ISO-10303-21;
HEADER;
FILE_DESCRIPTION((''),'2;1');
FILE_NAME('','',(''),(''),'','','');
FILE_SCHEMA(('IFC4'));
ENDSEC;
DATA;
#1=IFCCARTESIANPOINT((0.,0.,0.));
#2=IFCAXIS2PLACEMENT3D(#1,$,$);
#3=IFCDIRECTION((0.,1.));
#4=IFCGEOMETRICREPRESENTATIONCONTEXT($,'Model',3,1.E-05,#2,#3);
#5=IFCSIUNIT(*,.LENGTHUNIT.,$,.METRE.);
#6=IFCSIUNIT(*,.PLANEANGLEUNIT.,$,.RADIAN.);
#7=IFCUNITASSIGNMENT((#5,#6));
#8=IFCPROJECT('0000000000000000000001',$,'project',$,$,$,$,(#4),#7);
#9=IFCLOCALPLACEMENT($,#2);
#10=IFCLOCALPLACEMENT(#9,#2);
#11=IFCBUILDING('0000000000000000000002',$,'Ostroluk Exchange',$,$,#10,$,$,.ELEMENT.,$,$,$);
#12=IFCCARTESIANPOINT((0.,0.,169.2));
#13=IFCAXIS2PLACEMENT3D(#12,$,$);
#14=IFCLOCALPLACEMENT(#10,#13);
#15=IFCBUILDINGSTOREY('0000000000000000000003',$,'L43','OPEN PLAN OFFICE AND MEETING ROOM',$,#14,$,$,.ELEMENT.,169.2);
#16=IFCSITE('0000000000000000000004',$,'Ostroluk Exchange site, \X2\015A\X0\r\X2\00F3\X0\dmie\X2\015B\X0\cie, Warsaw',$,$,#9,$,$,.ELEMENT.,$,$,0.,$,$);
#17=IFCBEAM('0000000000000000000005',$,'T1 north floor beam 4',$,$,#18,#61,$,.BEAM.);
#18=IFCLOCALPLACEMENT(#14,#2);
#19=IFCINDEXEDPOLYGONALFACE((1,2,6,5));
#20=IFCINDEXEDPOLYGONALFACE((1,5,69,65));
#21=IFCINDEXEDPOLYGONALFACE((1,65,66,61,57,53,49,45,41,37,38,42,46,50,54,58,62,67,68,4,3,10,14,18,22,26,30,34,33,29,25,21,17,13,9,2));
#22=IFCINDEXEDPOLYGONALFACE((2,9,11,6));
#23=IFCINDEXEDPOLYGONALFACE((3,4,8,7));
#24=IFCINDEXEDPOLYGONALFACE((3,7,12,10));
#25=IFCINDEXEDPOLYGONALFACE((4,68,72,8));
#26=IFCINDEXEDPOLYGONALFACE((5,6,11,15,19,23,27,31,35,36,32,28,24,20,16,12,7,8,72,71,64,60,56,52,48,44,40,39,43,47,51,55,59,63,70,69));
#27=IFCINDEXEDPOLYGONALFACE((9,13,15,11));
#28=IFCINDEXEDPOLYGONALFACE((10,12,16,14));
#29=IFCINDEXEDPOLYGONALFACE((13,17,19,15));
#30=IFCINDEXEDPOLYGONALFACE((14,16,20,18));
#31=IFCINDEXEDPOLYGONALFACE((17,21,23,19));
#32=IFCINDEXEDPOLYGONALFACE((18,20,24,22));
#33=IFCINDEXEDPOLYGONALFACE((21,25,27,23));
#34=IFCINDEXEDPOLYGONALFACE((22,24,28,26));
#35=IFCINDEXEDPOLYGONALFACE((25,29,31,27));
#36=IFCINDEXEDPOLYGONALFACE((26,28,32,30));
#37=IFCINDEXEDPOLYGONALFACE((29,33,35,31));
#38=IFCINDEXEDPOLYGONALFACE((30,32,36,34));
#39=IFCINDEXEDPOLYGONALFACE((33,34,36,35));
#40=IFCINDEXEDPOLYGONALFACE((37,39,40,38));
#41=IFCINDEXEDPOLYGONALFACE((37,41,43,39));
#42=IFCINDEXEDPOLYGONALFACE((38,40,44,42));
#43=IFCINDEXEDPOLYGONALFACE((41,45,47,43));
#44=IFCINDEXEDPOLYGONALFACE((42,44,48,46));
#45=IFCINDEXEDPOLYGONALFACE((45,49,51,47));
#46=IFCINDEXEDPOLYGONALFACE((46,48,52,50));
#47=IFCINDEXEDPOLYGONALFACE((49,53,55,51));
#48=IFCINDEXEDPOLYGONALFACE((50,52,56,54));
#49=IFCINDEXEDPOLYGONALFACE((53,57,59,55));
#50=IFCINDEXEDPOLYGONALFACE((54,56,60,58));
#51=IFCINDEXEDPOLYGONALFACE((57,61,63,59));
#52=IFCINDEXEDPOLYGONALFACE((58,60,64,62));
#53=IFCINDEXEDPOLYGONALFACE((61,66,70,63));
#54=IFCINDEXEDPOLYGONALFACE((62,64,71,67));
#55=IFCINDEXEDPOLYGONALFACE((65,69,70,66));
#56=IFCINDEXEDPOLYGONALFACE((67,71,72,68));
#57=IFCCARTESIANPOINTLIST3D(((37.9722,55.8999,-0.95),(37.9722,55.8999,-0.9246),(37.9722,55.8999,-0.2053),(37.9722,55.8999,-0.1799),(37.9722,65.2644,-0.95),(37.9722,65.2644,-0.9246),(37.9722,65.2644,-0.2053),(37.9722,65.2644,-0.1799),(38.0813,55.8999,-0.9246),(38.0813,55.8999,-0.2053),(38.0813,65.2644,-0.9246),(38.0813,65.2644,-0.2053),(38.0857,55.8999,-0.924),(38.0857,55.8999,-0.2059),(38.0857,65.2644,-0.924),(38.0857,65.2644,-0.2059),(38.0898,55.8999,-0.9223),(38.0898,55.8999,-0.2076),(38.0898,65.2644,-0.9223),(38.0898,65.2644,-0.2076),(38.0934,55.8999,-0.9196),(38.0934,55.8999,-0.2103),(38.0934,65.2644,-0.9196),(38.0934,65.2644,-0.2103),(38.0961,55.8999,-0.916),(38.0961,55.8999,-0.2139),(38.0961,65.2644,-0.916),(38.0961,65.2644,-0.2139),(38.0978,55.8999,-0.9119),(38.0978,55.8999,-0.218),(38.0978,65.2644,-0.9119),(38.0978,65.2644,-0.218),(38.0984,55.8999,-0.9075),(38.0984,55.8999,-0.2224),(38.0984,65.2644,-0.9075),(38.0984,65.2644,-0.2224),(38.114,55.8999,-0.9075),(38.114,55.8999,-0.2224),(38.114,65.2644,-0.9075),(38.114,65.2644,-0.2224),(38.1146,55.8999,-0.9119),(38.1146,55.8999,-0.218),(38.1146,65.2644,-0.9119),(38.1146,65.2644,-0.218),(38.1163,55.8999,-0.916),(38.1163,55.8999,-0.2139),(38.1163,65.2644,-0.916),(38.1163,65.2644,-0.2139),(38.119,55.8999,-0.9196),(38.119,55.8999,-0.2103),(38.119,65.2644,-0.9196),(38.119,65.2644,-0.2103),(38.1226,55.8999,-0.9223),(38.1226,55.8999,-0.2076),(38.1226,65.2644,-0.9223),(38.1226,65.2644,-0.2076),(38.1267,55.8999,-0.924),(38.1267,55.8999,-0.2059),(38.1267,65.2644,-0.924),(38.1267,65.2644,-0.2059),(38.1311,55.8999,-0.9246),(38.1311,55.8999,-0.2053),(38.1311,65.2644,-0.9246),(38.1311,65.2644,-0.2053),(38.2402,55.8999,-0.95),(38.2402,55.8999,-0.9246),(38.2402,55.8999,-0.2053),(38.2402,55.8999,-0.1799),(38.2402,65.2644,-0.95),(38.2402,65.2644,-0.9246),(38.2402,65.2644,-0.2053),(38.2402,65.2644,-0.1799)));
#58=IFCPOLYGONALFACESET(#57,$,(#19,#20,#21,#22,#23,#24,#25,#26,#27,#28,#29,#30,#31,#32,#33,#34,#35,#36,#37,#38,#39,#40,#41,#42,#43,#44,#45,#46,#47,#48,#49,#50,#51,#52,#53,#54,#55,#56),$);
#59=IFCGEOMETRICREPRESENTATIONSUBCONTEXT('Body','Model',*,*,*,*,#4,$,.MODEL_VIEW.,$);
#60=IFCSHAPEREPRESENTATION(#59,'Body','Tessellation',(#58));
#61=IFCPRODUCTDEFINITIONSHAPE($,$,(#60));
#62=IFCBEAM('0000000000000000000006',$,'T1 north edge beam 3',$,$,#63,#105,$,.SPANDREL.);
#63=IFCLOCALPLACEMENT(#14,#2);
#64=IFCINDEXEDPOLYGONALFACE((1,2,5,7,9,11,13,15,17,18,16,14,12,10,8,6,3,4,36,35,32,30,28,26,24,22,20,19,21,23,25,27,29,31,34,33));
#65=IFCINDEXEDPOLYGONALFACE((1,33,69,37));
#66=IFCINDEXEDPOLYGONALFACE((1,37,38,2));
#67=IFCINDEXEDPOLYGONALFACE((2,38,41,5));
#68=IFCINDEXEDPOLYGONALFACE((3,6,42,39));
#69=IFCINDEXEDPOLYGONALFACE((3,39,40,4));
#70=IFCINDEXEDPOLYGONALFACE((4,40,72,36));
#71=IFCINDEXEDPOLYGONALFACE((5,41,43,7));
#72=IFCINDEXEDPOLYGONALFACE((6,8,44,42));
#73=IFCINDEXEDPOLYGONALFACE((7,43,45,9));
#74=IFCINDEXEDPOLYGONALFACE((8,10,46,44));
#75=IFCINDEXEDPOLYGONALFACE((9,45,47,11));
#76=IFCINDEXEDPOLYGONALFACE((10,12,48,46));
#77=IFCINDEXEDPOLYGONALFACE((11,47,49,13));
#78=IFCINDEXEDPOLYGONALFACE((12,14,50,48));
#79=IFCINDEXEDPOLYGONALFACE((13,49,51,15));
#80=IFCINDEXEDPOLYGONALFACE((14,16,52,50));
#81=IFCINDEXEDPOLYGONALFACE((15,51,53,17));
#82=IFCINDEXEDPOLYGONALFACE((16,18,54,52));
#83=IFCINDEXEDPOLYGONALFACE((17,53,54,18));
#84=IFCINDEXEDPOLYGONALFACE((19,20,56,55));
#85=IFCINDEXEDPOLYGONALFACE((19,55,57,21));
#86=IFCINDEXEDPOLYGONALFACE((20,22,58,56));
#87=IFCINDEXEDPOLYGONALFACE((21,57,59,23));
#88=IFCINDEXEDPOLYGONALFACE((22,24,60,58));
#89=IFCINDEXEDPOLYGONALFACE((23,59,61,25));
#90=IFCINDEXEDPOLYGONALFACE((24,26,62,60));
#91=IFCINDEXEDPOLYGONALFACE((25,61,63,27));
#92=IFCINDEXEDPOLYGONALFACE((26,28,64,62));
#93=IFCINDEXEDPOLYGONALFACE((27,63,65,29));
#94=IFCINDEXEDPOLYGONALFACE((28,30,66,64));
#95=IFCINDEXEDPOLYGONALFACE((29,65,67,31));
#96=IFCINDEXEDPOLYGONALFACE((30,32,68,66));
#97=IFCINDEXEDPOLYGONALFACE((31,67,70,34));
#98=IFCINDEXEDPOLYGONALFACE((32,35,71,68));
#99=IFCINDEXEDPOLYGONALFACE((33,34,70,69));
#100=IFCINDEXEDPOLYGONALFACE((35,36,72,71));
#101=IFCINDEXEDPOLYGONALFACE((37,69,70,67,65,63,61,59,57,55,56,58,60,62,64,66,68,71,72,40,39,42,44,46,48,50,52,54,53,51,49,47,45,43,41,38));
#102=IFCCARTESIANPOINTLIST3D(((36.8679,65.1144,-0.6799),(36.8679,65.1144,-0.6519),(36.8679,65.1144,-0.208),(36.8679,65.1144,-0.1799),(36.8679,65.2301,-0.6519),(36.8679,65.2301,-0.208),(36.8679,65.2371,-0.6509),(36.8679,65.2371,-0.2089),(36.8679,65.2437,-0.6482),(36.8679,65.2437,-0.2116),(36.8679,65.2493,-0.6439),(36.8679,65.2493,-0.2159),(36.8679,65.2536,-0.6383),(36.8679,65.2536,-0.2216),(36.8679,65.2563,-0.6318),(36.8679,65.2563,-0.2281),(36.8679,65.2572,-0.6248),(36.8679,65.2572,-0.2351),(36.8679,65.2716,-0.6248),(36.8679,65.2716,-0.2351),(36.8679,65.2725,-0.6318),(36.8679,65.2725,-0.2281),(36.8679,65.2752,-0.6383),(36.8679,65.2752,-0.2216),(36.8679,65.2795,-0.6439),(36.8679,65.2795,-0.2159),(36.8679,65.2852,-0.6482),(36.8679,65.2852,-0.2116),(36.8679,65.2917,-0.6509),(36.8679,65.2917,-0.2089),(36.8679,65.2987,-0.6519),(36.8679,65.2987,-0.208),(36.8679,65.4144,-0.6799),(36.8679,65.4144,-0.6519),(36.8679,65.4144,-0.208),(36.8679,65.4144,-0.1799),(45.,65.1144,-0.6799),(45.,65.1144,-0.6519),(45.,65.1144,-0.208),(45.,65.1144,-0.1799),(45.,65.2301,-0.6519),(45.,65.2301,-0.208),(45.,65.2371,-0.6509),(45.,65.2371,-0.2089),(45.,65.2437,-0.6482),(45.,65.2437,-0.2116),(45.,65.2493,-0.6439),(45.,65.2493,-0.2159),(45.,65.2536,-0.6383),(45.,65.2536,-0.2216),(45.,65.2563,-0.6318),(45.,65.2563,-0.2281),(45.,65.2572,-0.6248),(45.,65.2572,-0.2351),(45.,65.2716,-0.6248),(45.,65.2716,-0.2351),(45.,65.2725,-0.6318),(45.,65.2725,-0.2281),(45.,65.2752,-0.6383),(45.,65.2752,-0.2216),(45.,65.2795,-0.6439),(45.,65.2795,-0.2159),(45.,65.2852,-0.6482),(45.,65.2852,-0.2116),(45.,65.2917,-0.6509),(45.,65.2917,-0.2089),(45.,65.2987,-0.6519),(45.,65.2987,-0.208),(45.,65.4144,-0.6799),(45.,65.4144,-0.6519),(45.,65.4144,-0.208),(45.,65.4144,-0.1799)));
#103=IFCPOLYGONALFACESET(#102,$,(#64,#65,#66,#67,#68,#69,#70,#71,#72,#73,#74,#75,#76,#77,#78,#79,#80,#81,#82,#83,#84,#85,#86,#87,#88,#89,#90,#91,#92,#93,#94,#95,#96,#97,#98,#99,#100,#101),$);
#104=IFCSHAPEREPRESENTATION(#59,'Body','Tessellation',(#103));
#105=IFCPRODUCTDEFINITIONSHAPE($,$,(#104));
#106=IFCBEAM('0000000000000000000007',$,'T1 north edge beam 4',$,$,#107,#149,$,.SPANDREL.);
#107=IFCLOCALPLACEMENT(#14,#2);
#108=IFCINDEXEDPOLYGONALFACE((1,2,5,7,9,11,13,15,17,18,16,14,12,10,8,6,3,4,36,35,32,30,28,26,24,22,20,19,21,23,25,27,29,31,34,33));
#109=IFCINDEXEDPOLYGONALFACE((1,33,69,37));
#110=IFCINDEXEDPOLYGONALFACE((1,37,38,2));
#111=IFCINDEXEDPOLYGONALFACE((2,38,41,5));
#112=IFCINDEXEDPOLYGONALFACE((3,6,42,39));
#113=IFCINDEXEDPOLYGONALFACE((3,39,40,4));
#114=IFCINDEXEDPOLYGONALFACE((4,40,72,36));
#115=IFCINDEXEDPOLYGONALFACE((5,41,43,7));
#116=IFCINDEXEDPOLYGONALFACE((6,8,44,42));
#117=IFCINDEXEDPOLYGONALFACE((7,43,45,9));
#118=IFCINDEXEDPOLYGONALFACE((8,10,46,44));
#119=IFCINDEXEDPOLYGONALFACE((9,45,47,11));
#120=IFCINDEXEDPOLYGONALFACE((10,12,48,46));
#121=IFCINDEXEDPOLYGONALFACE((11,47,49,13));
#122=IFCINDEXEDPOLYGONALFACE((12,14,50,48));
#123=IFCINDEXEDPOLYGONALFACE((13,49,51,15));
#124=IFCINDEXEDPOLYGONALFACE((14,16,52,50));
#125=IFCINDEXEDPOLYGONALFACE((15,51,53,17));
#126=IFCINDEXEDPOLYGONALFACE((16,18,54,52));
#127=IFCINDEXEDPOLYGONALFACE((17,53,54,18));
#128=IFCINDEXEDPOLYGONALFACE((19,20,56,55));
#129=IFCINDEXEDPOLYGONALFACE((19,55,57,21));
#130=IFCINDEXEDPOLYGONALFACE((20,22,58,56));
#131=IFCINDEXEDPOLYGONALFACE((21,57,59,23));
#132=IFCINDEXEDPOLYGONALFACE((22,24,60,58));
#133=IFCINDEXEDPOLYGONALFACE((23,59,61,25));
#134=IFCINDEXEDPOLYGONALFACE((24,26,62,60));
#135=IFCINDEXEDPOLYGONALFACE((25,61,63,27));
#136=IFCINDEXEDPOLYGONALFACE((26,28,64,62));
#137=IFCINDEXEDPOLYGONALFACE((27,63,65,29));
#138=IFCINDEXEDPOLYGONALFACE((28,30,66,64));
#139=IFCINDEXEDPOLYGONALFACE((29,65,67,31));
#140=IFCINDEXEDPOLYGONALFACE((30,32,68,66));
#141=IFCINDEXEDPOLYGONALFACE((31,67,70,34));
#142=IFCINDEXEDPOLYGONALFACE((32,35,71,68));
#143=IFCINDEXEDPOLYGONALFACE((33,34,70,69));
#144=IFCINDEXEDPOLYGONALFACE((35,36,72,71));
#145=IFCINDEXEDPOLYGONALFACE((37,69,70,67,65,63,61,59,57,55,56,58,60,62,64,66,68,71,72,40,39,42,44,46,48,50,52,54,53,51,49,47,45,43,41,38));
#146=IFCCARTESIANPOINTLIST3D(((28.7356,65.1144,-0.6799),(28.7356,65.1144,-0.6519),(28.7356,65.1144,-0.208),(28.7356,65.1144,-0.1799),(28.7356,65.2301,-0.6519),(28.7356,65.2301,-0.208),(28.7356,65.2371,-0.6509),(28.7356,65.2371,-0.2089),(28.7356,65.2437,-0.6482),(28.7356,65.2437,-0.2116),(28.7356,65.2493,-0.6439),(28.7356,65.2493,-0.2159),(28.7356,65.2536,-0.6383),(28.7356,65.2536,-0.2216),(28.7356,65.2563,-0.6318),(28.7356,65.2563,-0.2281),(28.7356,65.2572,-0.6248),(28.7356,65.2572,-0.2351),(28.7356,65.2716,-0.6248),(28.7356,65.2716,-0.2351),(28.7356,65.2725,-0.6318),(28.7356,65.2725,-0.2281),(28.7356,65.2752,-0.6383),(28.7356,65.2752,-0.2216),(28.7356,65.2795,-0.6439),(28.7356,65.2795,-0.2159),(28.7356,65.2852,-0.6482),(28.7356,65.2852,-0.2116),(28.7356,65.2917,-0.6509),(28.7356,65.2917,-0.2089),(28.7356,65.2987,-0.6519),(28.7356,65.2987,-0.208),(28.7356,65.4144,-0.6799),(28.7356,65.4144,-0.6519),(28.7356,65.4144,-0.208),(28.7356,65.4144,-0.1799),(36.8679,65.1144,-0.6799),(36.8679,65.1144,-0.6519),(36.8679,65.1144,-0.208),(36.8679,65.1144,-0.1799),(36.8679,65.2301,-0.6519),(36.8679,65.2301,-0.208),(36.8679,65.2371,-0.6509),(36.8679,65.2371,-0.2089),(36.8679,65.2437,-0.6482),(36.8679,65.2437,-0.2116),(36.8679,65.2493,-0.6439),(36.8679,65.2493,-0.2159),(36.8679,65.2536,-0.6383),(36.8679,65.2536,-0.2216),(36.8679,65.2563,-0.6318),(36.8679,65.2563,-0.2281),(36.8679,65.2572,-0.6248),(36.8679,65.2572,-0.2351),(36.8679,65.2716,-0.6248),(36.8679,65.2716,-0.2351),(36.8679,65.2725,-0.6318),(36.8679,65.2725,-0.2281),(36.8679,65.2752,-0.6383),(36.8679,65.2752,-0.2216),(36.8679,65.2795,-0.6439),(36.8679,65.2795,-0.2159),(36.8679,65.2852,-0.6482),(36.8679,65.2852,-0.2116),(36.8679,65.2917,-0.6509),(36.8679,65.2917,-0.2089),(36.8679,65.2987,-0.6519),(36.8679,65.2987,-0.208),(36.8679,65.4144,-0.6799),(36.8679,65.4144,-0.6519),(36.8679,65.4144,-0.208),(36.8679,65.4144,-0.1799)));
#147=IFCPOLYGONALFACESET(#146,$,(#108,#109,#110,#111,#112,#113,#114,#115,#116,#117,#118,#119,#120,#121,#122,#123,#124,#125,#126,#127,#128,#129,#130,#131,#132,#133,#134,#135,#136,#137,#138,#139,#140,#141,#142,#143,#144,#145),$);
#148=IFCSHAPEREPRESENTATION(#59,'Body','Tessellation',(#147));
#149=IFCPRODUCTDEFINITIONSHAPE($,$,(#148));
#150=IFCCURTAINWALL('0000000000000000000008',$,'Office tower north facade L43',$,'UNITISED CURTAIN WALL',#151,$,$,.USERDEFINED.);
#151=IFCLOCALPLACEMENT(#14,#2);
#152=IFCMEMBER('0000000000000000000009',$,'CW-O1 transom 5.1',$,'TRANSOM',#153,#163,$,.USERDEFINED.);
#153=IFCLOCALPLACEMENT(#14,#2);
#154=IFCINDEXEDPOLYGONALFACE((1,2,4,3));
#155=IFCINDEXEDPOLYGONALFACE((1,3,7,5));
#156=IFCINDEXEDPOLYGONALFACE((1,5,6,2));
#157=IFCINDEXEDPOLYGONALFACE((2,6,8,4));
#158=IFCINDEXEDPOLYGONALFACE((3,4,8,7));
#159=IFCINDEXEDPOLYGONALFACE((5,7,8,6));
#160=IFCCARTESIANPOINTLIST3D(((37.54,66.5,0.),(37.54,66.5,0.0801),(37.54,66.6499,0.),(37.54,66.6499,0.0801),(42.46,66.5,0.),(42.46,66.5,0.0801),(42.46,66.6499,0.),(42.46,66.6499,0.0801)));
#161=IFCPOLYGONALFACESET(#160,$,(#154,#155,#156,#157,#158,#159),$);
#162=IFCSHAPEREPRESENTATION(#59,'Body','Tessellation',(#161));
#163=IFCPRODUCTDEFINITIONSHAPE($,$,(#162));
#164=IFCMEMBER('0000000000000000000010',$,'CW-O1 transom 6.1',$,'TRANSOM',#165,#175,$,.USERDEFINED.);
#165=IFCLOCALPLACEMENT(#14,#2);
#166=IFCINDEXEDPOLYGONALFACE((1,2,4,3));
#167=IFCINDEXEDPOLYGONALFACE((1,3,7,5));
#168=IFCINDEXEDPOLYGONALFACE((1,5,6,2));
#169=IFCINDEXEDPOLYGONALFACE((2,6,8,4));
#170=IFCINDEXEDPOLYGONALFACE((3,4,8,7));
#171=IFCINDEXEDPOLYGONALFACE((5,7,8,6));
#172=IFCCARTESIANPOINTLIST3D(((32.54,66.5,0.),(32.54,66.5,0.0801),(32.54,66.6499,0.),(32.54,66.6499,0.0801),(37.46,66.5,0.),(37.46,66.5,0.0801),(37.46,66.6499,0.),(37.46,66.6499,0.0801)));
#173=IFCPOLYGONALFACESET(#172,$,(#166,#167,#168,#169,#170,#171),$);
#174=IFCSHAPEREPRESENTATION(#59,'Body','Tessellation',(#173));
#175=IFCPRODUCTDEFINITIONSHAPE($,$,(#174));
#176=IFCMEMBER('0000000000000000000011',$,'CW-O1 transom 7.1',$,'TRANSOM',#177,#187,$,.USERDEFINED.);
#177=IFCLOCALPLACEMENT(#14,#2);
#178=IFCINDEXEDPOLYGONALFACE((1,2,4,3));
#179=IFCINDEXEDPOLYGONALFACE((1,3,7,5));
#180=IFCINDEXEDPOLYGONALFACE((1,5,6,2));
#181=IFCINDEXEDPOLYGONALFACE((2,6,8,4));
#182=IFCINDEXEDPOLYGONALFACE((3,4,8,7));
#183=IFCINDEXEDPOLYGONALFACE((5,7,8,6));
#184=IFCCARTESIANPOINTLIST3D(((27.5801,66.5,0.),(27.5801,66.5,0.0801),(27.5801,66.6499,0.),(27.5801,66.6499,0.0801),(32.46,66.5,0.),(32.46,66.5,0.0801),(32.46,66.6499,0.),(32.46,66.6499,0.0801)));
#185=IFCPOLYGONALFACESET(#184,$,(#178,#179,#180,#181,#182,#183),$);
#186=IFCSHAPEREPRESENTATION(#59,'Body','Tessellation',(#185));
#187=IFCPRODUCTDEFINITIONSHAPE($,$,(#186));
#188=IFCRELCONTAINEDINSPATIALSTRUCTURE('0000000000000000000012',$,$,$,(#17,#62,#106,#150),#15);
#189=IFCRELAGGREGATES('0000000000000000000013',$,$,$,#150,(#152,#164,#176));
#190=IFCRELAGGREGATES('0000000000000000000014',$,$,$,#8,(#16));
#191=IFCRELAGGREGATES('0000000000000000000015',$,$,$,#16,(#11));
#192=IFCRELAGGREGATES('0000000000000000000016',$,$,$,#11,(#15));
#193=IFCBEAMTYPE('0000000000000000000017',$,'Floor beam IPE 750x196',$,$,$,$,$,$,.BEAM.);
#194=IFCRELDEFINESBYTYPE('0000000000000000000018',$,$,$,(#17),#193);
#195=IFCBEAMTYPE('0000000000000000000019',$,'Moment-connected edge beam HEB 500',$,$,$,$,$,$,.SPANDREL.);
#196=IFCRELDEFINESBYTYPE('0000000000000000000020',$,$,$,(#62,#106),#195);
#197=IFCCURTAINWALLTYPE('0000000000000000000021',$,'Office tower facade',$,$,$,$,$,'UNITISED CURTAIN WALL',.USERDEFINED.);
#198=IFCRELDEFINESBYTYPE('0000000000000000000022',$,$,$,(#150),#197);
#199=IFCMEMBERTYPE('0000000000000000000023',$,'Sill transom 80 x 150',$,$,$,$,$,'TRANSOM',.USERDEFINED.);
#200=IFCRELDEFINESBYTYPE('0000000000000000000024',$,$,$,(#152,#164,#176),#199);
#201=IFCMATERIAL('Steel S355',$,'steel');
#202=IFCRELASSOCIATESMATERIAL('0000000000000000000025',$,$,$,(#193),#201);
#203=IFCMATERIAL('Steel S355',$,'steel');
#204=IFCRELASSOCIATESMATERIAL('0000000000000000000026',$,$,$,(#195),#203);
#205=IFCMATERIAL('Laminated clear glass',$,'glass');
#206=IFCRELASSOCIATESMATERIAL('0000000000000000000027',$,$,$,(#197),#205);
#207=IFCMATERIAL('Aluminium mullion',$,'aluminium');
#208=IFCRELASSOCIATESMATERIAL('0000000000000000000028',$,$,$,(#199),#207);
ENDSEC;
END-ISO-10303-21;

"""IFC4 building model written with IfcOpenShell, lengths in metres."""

from ifc_helpers import new_model, si_unit, direction, frame, origin, origin_2d, place, context, subcontext, project, spatial, rectangle, i_section, extrude, material, material_profile, profile_set, type_object, element, aggregate, save


model = new_model("IFC4")

# Units and contexts
model_context = context("Model", 3, precision=1e-05, world=origin(), true_north=direction((0.0, 1.0)))
body_context = subcontext(model_context, "Body", "Model", "MODEL_VIEW")
ifc_project = project(units=[si_unit("LENGTHUNIT", "METRE"), si_unit("PLANEANGLEUNIT", "RADIAN")], contexts=[model_context])

# Site, building, storey
site_placement = place(None, origin())
site = spatial("IfcSite", under=ifc_project, at=site_placement, Name="Ostroluk Exchange site, Śródmieście, Warsaw", CompositionType="ELEMENT", RefElevation=0.0)
building_placement = place(site_placement, origin())
building = spatial("IfcBuilding", under=site, at=building_placement, Name="Ostroluk Exchange", CompositionType="ELEMENT")
storey_placement = place(building_placement, frame((0.0, 0.0, 169.2)))
storey = spatial("IfcBuildingStorey", under=building, at=storey_placement, Name="L43", Description="OPEN PLAN OFFICE AND MEETING ROOM", CompositionType="ELEMENT", Elevation=169.2)

# Beams
ifc_material_1 = material(Name="Steel S355", Category="steel")
ifc_material_profile_1 = material_profile(ifc_material_1, i_section(OverallWidth=0.2681, OverallDepth=0.77, WebThickness=0.0156, FlangeThickness=0.0254, FilletRadius=0.0171, at=origin_2d()), Name="IPE 750x196")
ifc_profile_set_1 = profile_set([ifc_material_profile_1], Name="Steel S355")
beam_type_1 = type_object("IfcBeamType", Name="Floor beam IPE 750x196", PredefinedType="BEAM", material=ifc_profile_set_1)
for number, where, z_axis, x_axis, name in (
    (1, (38.1062, 55.8999, -0.5649), (0.0, 1.0, 0.0), (-1.0, 0.0, 0.0), "T1 north floor beam 4"),
):
    element("IfcBeam", number, at=place(storey_placement, frame(where, z_axis=z_axis, x_axis=x_axis)), inside=storey, type_object=beam_type_1, Name=name, PredefinedType="BEAM", context=body_context, shape_type="SweptSolid", body=[
        extrude(i_section(OverallWidth=0.2681, OverallDepth=0.77, WebThickness=0.0156, FlangeThickness=0.0254, FilletRadius=0.0171, at=origin_2d()), origin(), (0.0, 0.0, 1.0), 9.3645),
    ])
ifc_material_2 = material(Name="Steel S355", Category="steel")
ifc_material_profile_2 = material_profile(ifc_material_2, i_section(OverallWidth=0.3, OverallDepth=0.5, WebThickness=0.0144, FlangeThickness=0.0281, FilletRadius=0.0271, at=origin_2d()), Name="HEB 500")
ifc_profile_set_2 = profile_set([ifc_material_profile_2], Name="Steel S355")
beam_type_2 = type_object("IfcBeamType", Name="Moment-connected edge beam HEB 500", PredefinedType="SPANDREL", material=ifc_profile_set_2)
beam_1_placement = place(storey_placement, frame((45.0, 65.2644, -0.4299), z_axis=(-1.0, 0.0, 0.0), x_axis=(0.0, -1.0, 0.0)))
element("IfcBeam", 2, at=beam_1_placement, inside=storey, type_object=beam_type_2, Name="T1 north edge beam 3", PredefinedType="SPANDREL", context=body_context, shape_type="SweptSolid", body=[
    extrude(i_section(OverallWidth=0.3, OverallDepth=0.5, WebThickness=0.0144, FlangeThickness=0.0281, FilletRadius=0.0271, at=origin_2d()), origin(), (0.0, 0.0, 1.0), 8.1321),
])
beam_2_placement = place(storey_placement, frame((36.8679, 65.2644, -0.4299), z_axis=(-1.0, 0.0, 0.0), x_axis=(0.0, -1.0, 0.0)))
element("IfcBeam", 3, at=beam_2_placement, inside=storey, type_object=beam_type_2, Name="T1 north edge beam 4", PredefinedType="SPANDREL", context=body_context, shape_type="SweptSolid", body=[
    extrude(i_section(OverallWidth=0.3, OverallDepth=0.5, WebThickness=0.0144, FlangeThickness=0.0281, FilletRadius=0.0271, at=origin_2d()), origin(), (0.0, 0.0, 1.0), 8.1323),
])

# Curtain wall, members
ifc_material_3 = material(Name="Laminated clear glass", Category="glass")
curtain_wall_type = type_object("IfcCurtainWallType", Name="Office tower facade", ElementType="UNITISED CURTAIN WALL", PredefinedType="USERDEFINED", material=ifc_material_3)
curtain_wall_placement = place(storey_placement, origin())
curtain_wall = element("IfcCurtainWall", 4, at=curtain_wall_placement, inside=storey, type_object=curtain_wall_type, Name="Office tower north facade L43", ObjectType="UNITISED CURTAIN WALL", PredefinedType="USERDEFINED")
ifc_material_4 = material(Name="Aluminium mullion", Category="aluminium")
ifc_material_profile_3 = material_profile(ifc_material_4, rectangle(XDim=0.1499, YDim=0.0801, at=origin_2d()), Name="Sill transom 80 x 150")
ifc_profile_set_3 = profile_set([ifc_material_profile_3], Name="Aluminium mullion")
member_type_1 = type_object("IfcMemberType", Name="Sill transom 80 x 150", ElementType="TRANSOM", PredefinedType="USERDEFINED", material=ifc_profile_set_3)
member_1_placement = place(storey_placement, frame((42.46, 66.575, 0.04), z_axis=(-1.0, 0.0, 0.0), x_axis=(0.0, -1.0, 0.0)))
member_1 = element("IfcMember", 5, at=member_1_placement, type_object=member_type_1, Name="CW-O1 transom 5.1", ObjectType="TRANSOM", PredefinedType="USERDEFINED", context=body_context, shape_type="SweptSolid", body=[
    extrude(rectangle(XDim=0.1499, YDim=0.0801, at=origin_2d()), origin(), (0.0, 0.0, 1.0), 4.9199),
])
member_2_placement = place(storey_placement, frame((37.46, 66.575, 0.04), z_axis=(-1.0, 0.0, 0.0), x_axis=(0.0, -1.0, 0.0)))
member_2 = element("IfcMember", 6, at=member_2_placement, type_object=member_type_1, Name="CW-O1 transom 6.1", ObjectType="TRANSOM", PredefinedType="USERDEFINED", context=body_context, shape_type="SweptSolid", body=[
    extrude(rectangle(XDim=0.1499, YDim=0.0801, at=origin_2d()), origin(), (0.0, 0.0, 1.0), 4.9199),
])
member_3_placement = place(storey_placement, frame((32.46, 66.575, 0.04), z_axis=(-1.0, 0.0, 0.0), x_axis=(0.0, -1.0, 0.0)))
member_3 = element("IfcMember", 7, at=member_3_placement, type_object=member_type_1, Name="CW-O1 transom 7.1", ObjectType="TRANSOM", PredefinedType="USERDEFINED", context=body_context, shape_type="SweptSolid", body=[
    extrude(rectangle(XDim=0.1499, YDim=0.0801, at=origin_2d()), origin(), (0.0, 0.0, 1.0), 4.8799),
])
aggregate(curtain_wall, [member_1, member_2, member_3])

save(model, "model.ifc")
